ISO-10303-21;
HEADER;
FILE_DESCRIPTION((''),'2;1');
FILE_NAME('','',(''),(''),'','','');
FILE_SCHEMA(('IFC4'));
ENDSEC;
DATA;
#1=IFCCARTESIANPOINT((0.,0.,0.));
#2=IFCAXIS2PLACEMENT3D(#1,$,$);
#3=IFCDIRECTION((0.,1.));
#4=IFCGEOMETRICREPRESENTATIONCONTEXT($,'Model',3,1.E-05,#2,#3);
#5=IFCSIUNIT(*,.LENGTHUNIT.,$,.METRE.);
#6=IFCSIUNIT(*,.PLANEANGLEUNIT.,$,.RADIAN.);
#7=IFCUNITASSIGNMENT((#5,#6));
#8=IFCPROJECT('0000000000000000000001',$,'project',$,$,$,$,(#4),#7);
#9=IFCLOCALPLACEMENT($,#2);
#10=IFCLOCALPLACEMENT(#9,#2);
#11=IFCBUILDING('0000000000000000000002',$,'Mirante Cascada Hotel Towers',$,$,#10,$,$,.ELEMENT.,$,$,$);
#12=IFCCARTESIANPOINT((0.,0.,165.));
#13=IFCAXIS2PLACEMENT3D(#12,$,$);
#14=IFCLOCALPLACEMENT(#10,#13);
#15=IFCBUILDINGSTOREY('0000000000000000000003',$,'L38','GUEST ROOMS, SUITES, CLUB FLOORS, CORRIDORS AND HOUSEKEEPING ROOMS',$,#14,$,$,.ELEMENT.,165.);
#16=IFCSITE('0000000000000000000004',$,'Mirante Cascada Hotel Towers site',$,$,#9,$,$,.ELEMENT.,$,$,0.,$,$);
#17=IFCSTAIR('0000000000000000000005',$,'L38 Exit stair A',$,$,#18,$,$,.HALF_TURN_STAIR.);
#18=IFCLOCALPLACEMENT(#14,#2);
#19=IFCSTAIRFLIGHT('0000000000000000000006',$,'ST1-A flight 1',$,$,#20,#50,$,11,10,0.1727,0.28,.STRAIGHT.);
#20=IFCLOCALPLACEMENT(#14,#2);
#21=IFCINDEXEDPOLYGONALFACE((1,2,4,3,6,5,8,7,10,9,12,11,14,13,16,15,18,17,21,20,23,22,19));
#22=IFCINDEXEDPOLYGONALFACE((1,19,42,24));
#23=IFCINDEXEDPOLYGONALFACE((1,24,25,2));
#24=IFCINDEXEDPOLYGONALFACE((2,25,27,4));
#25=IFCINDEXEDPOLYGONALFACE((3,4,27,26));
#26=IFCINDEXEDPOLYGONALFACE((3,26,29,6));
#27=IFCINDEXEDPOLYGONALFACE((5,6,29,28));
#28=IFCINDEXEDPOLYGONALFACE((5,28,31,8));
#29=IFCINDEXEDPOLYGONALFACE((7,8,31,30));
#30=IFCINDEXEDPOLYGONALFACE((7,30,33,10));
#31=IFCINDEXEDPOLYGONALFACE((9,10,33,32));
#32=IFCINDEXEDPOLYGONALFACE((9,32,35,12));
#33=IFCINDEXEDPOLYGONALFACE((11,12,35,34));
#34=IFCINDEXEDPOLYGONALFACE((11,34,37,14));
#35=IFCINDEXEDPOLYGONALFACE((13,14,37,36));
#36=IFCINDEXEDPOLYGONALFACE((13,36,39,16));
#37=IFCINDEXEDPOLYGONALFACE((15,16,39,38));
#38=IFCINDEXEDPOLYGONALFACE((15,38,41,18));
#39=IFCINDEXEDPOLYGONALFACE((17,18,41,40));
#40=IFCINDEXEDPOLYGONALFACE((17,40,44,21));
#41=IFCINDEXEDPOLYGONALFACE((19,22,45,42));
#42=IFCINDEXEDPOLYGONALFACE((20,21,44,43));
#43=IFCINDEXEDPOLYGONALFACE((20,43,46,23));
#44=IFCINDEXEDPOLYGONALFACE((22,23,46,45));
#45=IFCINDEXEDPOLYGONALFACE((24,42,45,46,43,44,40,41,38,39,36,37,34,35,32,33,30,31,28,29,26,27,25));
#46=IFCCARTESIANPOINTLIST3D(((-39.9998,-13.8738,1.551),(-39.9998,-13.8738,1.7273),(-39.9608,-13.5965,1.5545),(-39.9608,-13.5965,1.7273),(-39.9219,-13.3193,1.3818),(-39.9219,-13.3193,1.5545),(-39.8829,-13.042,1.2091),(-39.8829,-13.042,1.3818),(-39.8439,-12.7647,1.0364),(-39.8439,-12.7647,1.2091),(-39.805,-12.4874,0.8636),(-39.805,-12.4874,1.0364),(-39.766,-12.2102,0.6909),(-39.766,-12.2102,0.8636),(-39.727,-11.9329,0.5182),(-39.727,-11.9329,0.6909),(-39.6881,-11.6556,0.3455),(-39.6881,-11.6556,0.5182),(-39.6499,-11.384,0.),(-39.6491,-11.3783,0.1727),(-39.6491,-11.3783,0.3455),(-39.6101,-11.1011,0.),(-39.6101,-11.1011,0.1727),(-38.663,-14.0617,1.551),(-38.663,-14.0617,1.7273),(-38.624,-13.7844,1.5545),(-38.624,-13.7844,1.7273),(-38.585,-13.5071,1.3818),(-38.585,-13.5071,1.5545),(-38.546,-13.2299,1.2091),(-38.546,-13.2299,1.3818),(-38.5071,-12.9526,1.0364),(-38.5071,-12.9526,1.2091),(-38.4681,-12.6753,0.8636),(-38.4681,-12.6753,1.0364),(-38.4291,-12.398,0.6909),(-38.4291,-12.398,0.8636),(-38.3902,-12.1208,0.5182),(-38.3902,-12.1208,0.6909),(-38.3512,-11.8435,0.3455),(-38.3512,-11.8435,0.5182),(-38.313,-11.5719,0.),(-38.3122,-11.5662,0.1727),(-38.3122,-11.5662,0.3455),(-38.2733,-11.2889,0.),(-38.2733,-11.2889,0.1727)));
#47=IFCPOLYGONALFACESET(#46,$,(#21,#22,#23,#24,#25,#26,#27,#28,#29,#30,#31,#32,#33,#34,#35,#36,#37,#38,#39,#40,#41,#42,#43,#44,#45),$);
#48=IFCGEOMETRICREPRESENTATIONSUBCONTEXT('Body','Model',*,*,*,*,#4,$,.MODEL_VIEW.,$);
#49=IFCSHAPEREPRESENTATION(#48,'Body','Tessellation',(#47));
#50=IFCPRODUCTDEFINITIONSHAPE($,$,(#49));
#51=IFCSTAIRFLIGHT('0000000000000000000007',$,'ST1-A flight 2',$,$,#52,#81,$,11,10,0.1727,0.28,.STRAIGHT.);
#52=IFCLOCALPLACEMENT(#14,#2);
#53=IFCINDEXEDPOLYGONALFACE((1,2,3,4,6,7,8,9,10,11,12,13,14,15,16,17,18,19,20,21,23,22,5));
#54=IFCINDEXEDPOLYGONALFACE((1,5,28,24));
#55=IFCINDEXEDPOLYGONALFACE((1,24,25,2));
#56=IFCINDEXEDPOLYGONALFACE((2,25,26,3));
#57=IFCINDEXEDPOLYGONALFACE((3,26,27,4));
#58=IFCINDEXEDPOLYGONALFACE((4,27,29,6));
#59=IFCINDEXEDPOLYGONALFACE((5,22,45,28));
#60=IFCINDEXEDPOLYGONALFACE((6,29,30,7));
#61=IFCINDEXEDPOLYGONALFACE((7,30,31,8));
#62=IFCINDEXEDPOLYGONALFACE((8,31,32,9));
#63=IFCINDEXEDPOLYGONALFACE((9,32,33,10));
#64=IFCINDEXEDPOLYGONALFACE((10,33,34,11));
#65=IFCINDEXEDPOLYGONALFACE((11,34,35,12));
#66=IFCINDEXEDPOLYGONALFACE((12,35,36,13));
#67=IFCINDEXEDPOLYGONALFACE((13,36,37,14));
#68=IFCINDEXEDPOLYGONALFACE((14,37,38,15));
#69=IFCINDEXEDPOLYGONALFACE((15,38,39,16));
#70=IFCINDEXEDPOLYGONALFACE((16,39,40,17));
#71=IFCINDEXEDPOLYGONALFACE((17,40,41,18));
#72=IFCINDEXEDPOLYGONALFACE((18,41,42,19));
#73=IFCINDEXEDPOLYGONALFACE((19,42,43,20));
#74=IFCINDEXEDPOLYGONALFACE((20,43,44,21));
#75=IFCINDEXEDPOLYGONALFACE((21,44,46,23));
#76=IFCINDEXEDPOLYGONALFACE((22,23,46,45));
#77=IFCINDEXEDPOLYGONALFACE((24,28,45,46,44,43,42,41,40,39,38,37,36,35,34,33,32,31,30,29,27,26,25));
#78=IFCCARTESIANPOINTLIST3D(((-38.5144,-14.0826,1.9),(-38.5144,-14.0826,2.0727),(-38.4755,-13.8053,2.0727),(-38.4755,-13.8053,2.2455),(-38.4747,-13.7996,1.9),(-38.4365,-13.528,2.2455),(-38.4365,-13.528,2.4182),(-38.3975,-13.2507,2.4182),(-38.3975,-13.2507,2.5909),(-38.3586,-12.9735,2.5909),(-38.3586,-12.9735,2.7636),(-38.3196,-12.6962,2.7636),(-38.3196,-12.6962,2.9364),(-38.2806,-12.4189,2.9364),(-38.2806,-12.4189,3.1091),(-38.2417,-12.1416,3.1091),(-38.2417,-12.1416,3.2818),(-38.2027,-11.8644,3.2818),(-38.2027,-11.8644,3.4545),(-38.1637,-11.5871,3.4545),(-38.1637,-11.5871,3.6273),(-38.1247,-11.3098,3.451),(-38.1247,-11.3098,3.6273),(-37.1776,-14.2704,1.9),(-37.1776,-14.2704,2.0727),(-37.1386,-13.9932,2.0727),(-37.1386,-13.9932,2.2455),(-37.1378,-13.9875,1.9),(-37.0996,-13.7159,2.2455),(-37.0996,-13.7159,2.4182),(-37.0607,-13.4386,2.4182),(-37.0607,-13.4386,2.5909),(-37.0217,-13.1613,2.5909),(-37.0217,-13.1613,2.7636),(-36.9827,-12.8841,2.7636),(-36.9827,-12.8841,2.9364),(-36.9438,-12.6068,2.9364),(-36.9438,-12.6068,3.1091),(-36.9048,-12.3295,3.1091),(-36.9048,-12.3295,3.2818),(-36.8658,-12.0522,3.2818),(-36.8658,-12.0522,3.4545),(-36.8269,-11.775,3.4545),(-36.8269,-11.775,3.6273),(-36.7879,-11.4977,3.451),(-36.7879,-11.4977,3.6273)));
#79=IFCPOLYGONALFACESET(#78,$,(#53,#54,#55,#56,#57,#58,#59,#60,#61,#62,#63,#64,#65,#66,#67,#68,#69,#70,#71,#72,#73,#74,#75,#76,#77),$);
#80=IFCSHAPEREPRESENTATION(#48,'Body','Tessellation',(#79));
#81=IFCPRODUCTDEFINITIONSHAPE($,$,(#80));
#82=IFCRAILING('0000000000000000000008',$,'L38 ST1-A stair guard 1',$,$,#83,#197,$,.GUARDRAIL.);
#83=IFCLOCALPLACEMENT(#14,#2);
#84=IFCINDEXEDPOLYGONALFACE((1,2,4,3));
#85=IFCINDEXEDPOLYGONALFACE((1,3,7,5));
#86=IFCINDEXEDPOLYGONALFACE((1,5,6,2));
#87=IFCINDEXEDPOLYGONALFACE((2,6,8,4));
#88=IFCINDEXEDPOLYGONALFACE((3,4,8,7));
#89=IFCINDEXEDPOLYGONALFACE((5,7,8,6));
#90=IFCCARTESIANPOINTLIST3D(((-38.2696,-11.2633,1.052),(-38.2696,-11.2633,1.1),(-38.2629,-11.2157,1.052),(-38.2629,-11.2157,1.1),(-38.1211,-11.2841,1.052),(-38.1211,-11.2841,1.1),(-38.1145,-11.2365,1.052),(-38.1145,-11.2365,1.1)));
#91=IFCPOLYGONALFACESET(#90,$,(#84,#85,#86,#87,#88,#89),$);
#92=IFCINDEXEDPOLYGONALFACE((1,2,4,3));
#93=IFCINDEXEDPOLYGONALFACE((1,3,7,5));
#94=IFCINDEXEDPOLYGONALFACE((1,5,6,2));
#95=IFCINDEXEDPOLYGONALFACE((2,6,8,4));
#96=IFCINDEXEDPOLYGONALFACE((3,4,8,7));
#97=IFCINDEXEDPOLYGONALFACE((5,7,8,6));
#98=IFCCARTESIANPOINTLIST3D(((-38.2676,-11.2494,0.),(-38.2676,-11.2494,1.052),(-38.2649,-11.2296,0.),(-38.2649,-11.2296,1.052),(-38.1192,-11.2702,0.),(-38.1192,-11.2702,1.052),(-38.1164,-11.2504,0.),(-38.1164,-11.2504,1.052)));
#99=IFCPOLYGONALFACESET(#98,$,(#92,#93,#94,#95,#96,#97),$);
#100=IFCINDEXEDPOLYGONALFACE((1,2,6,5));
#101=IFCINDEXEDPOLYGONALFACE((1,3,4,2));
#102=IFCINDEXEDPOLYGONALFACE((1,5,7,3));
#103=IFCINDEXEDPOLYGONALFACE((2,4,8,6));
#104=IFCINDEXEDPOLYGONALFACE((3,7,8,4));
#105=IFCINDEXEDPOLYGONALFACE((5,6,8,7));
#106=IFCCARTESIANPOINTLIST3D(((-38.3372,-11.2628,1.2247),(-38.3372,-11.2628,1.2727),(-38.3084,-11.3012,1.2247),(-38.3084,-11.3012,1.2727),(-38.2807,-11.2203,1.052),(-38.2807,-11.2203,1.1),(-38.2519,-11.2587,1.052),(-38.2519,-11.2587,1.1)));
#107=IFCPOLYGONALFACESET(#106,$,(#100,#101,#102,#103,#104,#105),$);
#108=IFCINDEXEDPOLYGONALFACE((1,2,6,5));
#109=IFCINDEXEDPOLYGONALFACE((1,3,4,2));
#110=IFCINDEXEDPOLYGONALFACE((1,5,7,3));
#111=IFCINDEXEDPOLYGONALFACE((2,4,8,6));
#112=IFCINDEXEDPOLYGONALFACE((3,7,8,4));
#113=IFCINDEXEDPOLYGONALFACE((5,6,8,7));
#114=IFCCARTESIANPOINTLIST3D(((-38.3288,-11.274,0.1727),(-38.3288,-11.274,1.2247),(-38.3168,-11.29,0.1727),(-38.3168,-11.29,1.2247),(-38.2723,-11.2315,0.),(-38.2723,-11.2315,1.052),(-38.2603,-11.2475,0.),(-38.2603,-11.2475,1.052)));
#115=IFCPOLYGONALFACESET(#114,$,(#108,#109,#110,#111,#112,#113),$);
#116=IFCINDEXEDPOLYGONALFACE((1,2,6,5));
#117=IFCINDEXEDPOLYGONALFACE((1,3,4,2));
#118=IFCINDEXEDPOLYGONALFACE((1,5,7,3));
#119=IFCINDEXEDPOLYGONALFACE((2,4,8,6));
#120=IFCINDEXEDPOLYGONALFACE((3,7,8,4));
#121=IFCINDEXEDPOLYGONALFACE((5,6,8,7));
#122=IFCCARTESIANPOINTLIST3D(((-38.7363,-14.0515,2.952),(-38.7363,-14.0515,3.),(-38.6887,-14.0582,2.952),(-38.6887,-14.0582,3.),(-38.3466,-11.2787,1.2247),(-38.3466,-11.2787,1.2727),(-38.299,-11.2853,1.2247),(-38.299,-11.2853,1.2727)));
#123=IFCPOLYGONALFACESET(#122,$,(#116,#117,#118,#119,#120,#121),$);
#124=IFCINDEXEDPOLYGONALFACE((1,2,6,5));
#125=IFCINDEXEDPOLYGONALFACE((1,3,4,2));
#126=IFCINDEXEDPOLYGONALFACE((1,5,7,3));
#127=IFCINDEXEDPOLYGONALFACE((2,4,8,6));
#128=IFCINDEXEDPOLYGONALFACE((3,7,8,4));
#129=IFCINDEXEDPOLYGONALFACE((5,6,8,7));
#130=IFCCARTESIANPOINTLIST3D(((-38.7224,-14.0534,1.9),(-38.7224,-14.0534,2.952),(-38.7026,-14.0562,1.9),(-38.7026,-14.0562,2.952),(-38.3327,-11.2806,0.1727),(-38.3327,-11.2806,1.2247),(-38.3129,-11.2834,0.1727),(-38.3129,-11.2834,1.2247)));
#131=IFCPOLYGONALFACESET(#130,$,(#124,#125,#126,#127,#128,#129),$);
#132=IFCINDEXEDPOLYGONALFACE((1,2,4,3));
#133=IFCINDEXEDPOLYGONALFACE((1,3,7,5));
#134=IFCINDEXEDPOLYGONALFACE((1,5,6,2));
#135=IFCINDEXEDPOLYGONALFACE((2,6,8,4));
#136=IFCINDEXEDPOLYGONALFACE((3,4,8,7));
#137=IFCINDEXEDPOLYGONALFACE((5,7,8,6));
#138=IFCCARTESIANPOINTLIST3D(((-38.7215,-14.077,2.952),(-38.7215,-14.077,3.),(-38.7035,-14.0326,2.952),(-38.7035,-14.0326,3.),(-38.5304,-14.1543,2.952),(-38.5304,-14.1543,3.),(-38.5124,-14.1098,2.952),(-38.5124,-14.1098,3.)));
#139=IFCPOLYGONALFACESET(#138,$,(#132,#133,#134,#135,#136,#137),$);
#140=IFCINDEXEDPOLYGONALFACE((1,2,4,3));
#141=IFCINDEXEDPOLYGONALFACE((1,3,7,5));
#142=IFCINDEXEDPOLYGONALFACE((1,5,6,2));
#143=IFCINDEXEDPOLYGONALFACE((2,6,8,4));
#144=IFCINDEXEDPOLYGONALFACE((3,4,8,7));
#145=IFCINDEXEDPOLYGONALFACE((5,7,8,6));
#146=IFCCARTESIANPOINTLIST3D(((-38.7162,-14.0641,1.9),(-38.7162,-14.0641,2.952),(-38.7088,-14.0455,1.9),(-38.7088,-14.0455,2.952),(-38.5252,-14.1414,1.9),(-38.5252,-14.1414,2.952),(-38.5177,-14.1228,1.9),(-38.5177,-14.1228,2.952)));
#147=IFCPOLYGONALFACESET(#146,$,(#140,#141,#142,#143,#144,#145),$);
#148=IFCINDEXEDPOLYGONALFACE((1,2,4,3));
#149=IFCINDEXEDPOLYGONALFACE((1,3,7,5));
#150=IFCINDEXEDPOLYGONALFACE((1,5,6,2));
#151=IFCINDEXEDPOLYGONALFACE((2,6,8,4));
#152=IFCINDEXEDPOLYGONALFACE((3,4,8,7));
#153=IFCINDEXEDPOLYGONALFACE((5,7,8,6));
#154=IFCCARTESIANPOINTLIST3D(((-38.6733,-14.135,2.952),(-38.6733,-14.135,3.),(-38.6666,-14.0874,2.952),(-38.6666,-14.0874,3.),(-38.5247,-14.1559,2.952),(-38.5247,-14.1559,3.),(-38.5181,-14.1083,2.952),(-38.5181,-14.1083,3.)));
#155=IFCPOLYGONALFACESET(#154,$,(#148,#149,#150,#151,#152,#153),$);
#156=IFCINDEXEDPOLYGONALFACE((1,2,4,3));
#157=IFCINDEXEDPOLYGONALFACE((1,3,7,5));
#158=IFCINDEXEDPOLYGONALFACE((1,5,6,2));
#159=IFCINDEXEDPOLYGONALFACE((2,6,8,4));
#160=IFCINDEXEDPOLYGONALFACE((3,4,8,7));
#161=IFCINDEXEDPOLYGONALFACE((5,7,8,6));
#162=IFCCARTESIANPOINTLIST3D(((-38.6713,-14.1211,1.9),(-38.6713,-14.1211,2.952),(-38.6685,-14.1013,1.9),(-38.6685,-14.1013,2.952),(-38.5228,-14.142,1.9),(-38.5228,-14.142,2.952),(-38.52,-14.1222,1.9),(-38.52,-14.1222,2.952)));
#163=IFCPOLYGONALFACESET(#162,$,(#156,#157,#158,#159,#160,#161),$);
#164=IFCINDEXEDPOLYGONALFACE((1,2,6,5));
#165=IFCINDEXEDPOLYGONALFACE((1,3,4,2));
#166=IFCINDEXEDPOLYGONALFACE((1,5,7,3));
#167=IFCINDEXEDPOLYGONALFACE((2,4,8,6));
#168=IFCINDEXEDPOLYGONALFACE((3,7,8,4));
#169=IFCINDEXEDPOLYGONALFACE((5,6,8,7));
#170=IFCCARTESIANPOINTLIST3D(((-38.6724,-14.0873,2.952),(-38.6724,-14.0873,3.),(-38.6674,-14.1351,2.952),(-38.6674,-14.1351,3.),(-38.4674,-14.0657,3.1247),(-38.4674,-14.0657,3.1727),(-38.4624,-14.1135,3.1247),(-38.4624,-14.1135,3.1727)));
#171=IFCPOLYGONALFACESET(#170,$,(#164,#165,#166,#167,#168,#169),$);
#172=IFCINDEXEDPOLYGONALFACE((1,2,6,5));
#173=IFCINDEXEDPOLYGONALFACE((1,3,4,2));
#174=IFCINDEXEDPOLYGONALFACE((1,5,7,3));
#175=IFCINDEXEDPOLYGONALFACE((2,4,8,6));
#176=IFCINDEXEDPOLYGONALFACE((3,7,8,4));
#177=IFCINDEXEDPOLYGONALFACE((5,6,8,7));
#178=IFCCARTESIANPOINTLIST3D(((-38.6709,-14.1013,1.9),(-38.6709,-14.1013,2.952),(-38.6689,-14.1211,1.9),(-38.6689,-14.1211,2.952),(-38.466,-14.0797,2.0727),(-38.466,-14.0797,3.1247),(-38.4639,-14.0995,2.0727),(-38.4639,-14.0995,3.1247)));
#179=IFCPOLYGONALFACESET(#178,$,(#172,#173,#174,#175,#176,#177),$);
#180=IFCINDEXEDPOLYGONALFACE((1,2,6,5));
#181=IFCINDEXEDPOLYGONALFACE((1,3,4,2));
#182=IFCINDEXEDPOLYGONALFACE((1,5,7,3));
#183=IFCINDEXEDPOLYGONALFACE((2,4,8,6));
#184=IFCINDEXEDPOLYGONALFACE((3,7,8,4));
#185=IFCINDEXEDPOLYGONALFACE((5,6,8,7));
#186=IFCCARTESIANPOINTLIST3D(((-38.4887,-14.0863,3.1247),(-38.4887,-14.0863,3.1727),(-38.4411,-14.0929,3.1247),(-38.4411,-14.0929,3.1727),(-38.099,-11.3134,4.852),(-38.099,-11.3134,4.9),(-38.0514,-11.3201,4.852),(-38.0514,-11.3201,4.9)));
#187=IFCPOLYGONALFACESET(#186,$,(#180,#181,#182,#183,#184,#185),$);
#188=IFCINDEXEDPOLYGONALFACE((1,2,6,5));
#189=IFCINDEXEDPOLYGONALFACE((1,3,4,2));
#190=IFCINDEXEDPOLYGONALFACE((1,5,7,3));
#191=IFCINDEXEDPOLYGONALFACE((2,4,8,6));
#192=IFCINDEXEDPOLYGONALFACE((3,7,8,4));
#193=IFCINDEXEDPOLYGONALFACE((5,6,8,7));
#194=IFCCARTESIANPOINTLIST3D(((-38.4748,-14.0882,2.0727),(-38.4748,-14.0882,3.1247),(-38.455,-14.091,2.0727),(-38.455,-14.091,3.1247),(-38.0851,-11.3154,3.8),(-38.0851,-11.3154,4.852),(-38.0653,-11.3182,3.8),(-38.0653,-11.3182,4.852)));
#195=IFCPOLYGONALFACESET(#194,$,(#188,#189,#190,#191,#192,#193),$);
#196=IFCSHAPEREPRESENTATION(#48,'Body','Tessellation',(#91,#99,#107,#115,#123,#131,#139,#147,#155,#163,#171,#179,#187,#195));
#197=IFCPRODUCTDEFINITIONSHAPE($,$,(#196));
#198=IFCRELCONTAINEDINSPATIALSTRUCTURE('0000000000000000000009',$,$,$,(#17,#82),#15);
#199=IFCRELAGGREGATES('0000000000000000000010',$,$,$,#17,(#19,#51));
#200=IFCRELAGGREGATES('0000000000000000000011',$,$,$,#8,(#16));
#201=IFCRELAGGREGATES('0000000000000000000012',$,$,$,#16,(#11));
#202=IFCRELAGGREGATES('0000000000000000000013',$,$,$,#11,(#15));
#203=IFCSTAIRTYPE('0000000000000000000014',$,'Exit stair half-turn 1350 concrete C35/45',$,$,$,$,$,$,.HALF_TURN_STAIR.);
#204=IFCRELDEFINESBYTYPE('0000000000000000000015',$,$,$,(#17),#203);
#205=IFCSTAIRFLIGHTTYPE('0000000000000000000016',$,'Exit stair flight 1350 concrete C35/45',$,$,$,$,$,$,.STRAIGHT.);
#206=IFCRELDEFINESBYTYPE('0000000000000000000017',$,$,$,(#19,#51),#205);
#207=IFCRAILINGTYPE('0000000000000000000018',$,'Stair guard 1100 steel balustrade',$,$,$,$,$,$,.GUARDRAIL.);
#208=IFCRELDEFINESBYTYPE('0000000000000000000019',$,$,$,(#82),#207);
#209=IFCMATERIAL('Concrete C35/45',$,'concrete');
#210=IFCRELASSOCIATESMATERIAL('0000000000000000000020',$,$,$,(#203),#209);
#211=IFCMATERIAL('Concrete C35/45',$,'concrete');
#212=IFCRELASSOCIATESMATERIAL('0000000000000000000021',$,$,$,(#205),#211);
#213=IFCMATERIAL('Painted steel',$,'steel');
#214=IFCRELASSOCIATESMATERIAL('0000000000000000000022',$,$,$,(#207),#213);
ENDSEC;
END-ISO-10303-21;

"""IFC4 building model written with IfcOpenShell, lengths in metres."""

from ifc_helpers import new_model, si_unit, direction, frame, origin, origin_2d, place, context, subcontext, project, spatial, polyline, rectangle, outline, extrude, material, type_object, element, aggregate, save


model = new_model("IFC4")

# Units and contexts
model_context = context("Model", 3, precision=1e-05, world=origin(), true_north=direction((0.0, 1.0)))
body_context = subcontext(model_context, "Body", "Model", "MODEL_VIEW")
ifc_project = project(units=[si_unit("LENGTHUNIT", "METRE"), si_unit("PLANEANGLEUNIT", "RADIAN")], contexts=[model_context])

# Site, building, storey
site_placement = place(None, origin())
site = spatial("IfcSite", under=ifc_project, at=site_placement, Name="Mirante Cascada Hotel Towers site", CompositionType="ELEMENT", RefElevation=0.0)
building_placement = place(site_placement, origin())
building = spatial("IfcBuilding", under=site, at=building_placement, Name="Mirante Cascada Hotel Towers", CompositionType="ELEMENT")
storey_placement = place(building_placement, frame((0.0, 0.0, 165.0)))
storey = spatial("IfcBuildingStorey", under=building, at=storey_placement, Name="L38", Description="GUEST ROOMS, SUITES, CLUB FLOORS, CORRIDORS AND HOUSEKEEPING ROOMS", CompositionType="ELEMENT", Elevation=165.0)

# Stair, stair flights
ifc_material_1 = material(Name="Concrete C35/45", Category="concrete")
stair_type = type_object("IfcStairType", Name="Exit stair half-turn 1350 concrete C35/45", PredefinedType="HALF_TURN_STAIR", material=ifc_material_1)
stair_placement = place(storey_placement, origin())
stair = element("IfcStair", 1, at=stair_placement, inside=storey, type_object=stair_type, Name="L38 Exit stair A", PredefinedType="HALF_TURN_STAIR")
ifc_material_2 = material(Name="Concrete C35/45", Category="concrete")
stair_flight_type = type_object("IfcStairFlightType", Name="Exit stair flight 1350 concrete C35/45", PredefinedType="STRAIGHT", material=ifc_material_2)
stair_flight_1_placement = place(storey_placement, frame((-38.9417, -11.195, 0.0), z_axis=(0.0, 0.0, 1.0), x_axis=(-0.139173, -0.990268, 0.0)))
stair_flight_1 = element("IfcStairFlight", 2, at=stair_flight_1_placement, type_object=stair_flight_type, Name="ST1-A flight 1", NumberOfRisers=11, NumberOfTreads=10, PredefinedType="STRAIGHT", RiserHeight=0.1727, TreadLength=0.28, context=body_context, shape_type="SweptSolid", body=[
    extrude(outline(polyline([(0.0, 0.0), (0.0, 0.1727), (0.28, 0.1727), (0.28, 0.3455), (0.56, 0.3455), (0.56, 0.5182), (0.84, 0.5182), (0.84, 0.6909), (1.12, 0.6909), (1.12, 0.8636), (1.4, 0.8636), (1.4, 1.0364), (1.68, 1.0364), (1.68, 1.2091), (1.96, 1.2091), (1.96, 1.3818), (2.24, 1.3818), (2.24, 1.5545), (2.52, 1.5545), (2.52, 1.7273), (2.8, 1.7273), (2.8, 1.9), (2.8, 1.551), (0.2857, 0.0), (0.0, 0.0)])), frame((0.0, 0.675, 0.0), z_axis=(0.0, -1.0, 0.0), x_axis=(1.0, 0.0, 0.0)), (0.0, 0.0, 1.0), 1.35),
])
stair_flight_2_placement = place(storey_placement, frame((-37.846, -14.1765, 1.9), z_axis=(0.0, 0.0, 1.0), x_axis=(0.139173, 0.990268, 0.0)))
stair_flight_2 = element("IfcStairFlight", 3, at=stair_flight_2_placement, type_object=stair_flight_type, Name="ST1-A flight 2", NumberOfRisers=11, NumberOfTreads=10, PredefinedType="STRAIGHT", RiserHeight=0.1727, TreadLength=0.28, context=body_context, shape_type="SweptSolid", body=[
    extrude(outline(polyline([(0.0, 0.0), (0.0, 0.1727), (0.28, 0.1727), (0.28, 0.3455), (0.56, 0.3455), (0.56, 0.5182), (0.84, 0.5182), (0.84, 0.6909), (1.12, 0.6909), (1.12, 0.8636), (1.4, 0.8636), (1.4, 1.0364), (1.68, 1.0364), (1.68, 1.2091), (1.96, 1.2091), (1.96, 1.3818), (2.24, 1.3818), (2.24, 1.5545), (2.52, 1.5545), (2.52, 1.7273), (2.8, 1.7273), (2.8, 1.9), (2.8, 1.551), (0.2857, 0.0), (0.0, 0.0)])), frame((0.0, 0.675, 0.0), z_axis=(0.0, -1.0, 0.0), x_axis=(1.0, 0.0, 0.0)), (0.0, 0.0, 1.0), 1.35),
])
aggregate(stair, [stair_flight_1, stair_flight_2])

# Railing
ifc_material_3 = material(Name="Painted steel", Category="steel")
railing_type_1 = type_object("IfcRailingType", Name="Stair guard 1100 steel balustrade", PredefinedType="GUARDRAIL", material=ifc_material_3)
railing_1_placement = place(storey_placement, frame((-38.1178, -11.2603, 0.0)))
element("IfcRailing", 4, at=railing_1_placement, inside=storey, type_object=railing_type_1, Name="L38 ST1-A stair guard 1", PredefinedType="GUARDRAIL", context=body_context, shape_type="SweptSolid", body=[
    extrude(rectangle(XDim=0.048, YDim=0.048, at=origin_2d()), frame((0.0, 0.0, 1.076), z_axis=(-0.990333, 0.138713, 0.0), x_axis=(-0.138713, -0.990333, 0.0)), (0.0, 0.0, 1.0), 0.1499),
    extrude(rectangle(XDim=0.02, YDim=1.052, at=origin_2d()), frame((0.0, 0.0, 0.526), z_axis=(-0.990333, 0.138713, 0.0), x_axis=(-0.138713, -0.990333, 0.0)), (0.0, 0.0, 1.0), 0.1499),
    extrude(rectangle(XDim=0.048, YDim=0.048, at=origin_2d()), frame((-0.1485, 0.0208, 1.076), z_axis=(-0.79915, -0.601131, 0.0), x_axis=(0.601131, -0.79915, 0.0)), (0.0, 0.925453, 0.378863), 0.1866),
    extrude(rectangle(XDim=0.02, YDim=1.052, at=origin_2d()), frame((-0.1485, 0.0208, 0.526), z_axis=(-0.79915, -0.601131, 0.0), x_axis=(0.601131, -0.79915, 0.0)), (0.0, 0.925453, 0.378863), 0.1866),
    extrude(rectangle(XDim=0.048, YDim=0.048, at=origin_2d()), frame((-0.205, -0.0217, 1.2487), z_axis=(-0.139176, -0.990268, 0.0), x_axis=(0.990268, -0.139176, 0.0)), (0.0, 0.525021, 0.851089), 3.29),
    extrude(rectangle(XDim=0.02, YDim=1.052, at=origin_2d()), frame((-0.205, -0.0217, 0.6987), z_axis=(-0.139176, -0.990268, 0.0), x_axis=(0.990268, -0.139176, 0.0)), (0.0, 0.525021, 0.851089), 3.29),
    extrude(rectangle(XDim=0.048, YDim=0.048, at=origin_2d()), frame((-0.5947, -2.7945, 2.976), z_axis=(0.927031, -0.374984, 0.0), x_axis=(0.374984, 0.927031, 0.0)), (0.0, 0.0, 1.0), 0.2061),
    extrude(rectangle(XDim=0.02, YDim=1.052, at=origin_2d()), frame((-0.5947, -2.7945, 2.426), z_axis=(0.927031, -0.374984, 0.0), x_axis=(0.374984, 0.927031, 0.0)), (0.0, 0.0, 1.0), 0.2061),
    extrude(rectangle(XDim=0.048, YDim=0.048, at=origin_2d()), frame((-0.4036, -2.8718, 2.976), z_axis=(-0.990241, 0.139367, 0.0), x_axis=(-0.139367, -0.990241, 0.0)), (0.0, 0.0, 1.0), 0.15),
    extrude(rectangle(XDim=0.02, YDim=1.052, at=origin_2d()), frame((-0.4036, -2.8718, 2.426), z_axis=(-0.990241, 0.139367, 0.0), x_axis=(-0.139367, -0.990241, 0.0)), (0.0, 0.0, 1.0), 0.15),
    extrude(rectangle(XDim=0.048, YDim=0.048, at=origin_2d()), frame((-0.5521, -2.8509, 2.976), z_axis=(0.994495, 0.104786, 0.0), x_axis=(-0.104786, 0.994495, 0.0)), (0.0, 0.642203, 0.766534), 0.2689),
    extrude(rectangle(XDim=0.02, YDim=1.052, at=origin_2d()), frame((-0.5521, -2.8509, 2.426), z_axis=(0.994495, 0.104786, 0.0), x_axis=(-0.104786, 0.994495, 0.0)), (0.0, 0.642203, 0.766534), 0.2689),
    extrude(rectangle(XDim=0.048, YDim=0.048, at=origin_2d()), frame((-0.3471, -2.8293, 3.1487), z_axis=(0.139176, 0.990268, 0.0), x_axis=(-0.990268, 0.139176, 0.0)), (0.0, 0.525021, 0.851089), 3.29),
    extrude(rectangle(XDim=0.02, YDim=1.052, at=origin_2d()), frame((-0.3471, -2.8293, 2.5987), z_axis=(0.139176, 0.990268, 0.0), x_axis=(-0.990268, 0.139176, 0.0)), (0.0, 0.525021, 0.851089), 3.29),
])

save(model, "model.ifc")
